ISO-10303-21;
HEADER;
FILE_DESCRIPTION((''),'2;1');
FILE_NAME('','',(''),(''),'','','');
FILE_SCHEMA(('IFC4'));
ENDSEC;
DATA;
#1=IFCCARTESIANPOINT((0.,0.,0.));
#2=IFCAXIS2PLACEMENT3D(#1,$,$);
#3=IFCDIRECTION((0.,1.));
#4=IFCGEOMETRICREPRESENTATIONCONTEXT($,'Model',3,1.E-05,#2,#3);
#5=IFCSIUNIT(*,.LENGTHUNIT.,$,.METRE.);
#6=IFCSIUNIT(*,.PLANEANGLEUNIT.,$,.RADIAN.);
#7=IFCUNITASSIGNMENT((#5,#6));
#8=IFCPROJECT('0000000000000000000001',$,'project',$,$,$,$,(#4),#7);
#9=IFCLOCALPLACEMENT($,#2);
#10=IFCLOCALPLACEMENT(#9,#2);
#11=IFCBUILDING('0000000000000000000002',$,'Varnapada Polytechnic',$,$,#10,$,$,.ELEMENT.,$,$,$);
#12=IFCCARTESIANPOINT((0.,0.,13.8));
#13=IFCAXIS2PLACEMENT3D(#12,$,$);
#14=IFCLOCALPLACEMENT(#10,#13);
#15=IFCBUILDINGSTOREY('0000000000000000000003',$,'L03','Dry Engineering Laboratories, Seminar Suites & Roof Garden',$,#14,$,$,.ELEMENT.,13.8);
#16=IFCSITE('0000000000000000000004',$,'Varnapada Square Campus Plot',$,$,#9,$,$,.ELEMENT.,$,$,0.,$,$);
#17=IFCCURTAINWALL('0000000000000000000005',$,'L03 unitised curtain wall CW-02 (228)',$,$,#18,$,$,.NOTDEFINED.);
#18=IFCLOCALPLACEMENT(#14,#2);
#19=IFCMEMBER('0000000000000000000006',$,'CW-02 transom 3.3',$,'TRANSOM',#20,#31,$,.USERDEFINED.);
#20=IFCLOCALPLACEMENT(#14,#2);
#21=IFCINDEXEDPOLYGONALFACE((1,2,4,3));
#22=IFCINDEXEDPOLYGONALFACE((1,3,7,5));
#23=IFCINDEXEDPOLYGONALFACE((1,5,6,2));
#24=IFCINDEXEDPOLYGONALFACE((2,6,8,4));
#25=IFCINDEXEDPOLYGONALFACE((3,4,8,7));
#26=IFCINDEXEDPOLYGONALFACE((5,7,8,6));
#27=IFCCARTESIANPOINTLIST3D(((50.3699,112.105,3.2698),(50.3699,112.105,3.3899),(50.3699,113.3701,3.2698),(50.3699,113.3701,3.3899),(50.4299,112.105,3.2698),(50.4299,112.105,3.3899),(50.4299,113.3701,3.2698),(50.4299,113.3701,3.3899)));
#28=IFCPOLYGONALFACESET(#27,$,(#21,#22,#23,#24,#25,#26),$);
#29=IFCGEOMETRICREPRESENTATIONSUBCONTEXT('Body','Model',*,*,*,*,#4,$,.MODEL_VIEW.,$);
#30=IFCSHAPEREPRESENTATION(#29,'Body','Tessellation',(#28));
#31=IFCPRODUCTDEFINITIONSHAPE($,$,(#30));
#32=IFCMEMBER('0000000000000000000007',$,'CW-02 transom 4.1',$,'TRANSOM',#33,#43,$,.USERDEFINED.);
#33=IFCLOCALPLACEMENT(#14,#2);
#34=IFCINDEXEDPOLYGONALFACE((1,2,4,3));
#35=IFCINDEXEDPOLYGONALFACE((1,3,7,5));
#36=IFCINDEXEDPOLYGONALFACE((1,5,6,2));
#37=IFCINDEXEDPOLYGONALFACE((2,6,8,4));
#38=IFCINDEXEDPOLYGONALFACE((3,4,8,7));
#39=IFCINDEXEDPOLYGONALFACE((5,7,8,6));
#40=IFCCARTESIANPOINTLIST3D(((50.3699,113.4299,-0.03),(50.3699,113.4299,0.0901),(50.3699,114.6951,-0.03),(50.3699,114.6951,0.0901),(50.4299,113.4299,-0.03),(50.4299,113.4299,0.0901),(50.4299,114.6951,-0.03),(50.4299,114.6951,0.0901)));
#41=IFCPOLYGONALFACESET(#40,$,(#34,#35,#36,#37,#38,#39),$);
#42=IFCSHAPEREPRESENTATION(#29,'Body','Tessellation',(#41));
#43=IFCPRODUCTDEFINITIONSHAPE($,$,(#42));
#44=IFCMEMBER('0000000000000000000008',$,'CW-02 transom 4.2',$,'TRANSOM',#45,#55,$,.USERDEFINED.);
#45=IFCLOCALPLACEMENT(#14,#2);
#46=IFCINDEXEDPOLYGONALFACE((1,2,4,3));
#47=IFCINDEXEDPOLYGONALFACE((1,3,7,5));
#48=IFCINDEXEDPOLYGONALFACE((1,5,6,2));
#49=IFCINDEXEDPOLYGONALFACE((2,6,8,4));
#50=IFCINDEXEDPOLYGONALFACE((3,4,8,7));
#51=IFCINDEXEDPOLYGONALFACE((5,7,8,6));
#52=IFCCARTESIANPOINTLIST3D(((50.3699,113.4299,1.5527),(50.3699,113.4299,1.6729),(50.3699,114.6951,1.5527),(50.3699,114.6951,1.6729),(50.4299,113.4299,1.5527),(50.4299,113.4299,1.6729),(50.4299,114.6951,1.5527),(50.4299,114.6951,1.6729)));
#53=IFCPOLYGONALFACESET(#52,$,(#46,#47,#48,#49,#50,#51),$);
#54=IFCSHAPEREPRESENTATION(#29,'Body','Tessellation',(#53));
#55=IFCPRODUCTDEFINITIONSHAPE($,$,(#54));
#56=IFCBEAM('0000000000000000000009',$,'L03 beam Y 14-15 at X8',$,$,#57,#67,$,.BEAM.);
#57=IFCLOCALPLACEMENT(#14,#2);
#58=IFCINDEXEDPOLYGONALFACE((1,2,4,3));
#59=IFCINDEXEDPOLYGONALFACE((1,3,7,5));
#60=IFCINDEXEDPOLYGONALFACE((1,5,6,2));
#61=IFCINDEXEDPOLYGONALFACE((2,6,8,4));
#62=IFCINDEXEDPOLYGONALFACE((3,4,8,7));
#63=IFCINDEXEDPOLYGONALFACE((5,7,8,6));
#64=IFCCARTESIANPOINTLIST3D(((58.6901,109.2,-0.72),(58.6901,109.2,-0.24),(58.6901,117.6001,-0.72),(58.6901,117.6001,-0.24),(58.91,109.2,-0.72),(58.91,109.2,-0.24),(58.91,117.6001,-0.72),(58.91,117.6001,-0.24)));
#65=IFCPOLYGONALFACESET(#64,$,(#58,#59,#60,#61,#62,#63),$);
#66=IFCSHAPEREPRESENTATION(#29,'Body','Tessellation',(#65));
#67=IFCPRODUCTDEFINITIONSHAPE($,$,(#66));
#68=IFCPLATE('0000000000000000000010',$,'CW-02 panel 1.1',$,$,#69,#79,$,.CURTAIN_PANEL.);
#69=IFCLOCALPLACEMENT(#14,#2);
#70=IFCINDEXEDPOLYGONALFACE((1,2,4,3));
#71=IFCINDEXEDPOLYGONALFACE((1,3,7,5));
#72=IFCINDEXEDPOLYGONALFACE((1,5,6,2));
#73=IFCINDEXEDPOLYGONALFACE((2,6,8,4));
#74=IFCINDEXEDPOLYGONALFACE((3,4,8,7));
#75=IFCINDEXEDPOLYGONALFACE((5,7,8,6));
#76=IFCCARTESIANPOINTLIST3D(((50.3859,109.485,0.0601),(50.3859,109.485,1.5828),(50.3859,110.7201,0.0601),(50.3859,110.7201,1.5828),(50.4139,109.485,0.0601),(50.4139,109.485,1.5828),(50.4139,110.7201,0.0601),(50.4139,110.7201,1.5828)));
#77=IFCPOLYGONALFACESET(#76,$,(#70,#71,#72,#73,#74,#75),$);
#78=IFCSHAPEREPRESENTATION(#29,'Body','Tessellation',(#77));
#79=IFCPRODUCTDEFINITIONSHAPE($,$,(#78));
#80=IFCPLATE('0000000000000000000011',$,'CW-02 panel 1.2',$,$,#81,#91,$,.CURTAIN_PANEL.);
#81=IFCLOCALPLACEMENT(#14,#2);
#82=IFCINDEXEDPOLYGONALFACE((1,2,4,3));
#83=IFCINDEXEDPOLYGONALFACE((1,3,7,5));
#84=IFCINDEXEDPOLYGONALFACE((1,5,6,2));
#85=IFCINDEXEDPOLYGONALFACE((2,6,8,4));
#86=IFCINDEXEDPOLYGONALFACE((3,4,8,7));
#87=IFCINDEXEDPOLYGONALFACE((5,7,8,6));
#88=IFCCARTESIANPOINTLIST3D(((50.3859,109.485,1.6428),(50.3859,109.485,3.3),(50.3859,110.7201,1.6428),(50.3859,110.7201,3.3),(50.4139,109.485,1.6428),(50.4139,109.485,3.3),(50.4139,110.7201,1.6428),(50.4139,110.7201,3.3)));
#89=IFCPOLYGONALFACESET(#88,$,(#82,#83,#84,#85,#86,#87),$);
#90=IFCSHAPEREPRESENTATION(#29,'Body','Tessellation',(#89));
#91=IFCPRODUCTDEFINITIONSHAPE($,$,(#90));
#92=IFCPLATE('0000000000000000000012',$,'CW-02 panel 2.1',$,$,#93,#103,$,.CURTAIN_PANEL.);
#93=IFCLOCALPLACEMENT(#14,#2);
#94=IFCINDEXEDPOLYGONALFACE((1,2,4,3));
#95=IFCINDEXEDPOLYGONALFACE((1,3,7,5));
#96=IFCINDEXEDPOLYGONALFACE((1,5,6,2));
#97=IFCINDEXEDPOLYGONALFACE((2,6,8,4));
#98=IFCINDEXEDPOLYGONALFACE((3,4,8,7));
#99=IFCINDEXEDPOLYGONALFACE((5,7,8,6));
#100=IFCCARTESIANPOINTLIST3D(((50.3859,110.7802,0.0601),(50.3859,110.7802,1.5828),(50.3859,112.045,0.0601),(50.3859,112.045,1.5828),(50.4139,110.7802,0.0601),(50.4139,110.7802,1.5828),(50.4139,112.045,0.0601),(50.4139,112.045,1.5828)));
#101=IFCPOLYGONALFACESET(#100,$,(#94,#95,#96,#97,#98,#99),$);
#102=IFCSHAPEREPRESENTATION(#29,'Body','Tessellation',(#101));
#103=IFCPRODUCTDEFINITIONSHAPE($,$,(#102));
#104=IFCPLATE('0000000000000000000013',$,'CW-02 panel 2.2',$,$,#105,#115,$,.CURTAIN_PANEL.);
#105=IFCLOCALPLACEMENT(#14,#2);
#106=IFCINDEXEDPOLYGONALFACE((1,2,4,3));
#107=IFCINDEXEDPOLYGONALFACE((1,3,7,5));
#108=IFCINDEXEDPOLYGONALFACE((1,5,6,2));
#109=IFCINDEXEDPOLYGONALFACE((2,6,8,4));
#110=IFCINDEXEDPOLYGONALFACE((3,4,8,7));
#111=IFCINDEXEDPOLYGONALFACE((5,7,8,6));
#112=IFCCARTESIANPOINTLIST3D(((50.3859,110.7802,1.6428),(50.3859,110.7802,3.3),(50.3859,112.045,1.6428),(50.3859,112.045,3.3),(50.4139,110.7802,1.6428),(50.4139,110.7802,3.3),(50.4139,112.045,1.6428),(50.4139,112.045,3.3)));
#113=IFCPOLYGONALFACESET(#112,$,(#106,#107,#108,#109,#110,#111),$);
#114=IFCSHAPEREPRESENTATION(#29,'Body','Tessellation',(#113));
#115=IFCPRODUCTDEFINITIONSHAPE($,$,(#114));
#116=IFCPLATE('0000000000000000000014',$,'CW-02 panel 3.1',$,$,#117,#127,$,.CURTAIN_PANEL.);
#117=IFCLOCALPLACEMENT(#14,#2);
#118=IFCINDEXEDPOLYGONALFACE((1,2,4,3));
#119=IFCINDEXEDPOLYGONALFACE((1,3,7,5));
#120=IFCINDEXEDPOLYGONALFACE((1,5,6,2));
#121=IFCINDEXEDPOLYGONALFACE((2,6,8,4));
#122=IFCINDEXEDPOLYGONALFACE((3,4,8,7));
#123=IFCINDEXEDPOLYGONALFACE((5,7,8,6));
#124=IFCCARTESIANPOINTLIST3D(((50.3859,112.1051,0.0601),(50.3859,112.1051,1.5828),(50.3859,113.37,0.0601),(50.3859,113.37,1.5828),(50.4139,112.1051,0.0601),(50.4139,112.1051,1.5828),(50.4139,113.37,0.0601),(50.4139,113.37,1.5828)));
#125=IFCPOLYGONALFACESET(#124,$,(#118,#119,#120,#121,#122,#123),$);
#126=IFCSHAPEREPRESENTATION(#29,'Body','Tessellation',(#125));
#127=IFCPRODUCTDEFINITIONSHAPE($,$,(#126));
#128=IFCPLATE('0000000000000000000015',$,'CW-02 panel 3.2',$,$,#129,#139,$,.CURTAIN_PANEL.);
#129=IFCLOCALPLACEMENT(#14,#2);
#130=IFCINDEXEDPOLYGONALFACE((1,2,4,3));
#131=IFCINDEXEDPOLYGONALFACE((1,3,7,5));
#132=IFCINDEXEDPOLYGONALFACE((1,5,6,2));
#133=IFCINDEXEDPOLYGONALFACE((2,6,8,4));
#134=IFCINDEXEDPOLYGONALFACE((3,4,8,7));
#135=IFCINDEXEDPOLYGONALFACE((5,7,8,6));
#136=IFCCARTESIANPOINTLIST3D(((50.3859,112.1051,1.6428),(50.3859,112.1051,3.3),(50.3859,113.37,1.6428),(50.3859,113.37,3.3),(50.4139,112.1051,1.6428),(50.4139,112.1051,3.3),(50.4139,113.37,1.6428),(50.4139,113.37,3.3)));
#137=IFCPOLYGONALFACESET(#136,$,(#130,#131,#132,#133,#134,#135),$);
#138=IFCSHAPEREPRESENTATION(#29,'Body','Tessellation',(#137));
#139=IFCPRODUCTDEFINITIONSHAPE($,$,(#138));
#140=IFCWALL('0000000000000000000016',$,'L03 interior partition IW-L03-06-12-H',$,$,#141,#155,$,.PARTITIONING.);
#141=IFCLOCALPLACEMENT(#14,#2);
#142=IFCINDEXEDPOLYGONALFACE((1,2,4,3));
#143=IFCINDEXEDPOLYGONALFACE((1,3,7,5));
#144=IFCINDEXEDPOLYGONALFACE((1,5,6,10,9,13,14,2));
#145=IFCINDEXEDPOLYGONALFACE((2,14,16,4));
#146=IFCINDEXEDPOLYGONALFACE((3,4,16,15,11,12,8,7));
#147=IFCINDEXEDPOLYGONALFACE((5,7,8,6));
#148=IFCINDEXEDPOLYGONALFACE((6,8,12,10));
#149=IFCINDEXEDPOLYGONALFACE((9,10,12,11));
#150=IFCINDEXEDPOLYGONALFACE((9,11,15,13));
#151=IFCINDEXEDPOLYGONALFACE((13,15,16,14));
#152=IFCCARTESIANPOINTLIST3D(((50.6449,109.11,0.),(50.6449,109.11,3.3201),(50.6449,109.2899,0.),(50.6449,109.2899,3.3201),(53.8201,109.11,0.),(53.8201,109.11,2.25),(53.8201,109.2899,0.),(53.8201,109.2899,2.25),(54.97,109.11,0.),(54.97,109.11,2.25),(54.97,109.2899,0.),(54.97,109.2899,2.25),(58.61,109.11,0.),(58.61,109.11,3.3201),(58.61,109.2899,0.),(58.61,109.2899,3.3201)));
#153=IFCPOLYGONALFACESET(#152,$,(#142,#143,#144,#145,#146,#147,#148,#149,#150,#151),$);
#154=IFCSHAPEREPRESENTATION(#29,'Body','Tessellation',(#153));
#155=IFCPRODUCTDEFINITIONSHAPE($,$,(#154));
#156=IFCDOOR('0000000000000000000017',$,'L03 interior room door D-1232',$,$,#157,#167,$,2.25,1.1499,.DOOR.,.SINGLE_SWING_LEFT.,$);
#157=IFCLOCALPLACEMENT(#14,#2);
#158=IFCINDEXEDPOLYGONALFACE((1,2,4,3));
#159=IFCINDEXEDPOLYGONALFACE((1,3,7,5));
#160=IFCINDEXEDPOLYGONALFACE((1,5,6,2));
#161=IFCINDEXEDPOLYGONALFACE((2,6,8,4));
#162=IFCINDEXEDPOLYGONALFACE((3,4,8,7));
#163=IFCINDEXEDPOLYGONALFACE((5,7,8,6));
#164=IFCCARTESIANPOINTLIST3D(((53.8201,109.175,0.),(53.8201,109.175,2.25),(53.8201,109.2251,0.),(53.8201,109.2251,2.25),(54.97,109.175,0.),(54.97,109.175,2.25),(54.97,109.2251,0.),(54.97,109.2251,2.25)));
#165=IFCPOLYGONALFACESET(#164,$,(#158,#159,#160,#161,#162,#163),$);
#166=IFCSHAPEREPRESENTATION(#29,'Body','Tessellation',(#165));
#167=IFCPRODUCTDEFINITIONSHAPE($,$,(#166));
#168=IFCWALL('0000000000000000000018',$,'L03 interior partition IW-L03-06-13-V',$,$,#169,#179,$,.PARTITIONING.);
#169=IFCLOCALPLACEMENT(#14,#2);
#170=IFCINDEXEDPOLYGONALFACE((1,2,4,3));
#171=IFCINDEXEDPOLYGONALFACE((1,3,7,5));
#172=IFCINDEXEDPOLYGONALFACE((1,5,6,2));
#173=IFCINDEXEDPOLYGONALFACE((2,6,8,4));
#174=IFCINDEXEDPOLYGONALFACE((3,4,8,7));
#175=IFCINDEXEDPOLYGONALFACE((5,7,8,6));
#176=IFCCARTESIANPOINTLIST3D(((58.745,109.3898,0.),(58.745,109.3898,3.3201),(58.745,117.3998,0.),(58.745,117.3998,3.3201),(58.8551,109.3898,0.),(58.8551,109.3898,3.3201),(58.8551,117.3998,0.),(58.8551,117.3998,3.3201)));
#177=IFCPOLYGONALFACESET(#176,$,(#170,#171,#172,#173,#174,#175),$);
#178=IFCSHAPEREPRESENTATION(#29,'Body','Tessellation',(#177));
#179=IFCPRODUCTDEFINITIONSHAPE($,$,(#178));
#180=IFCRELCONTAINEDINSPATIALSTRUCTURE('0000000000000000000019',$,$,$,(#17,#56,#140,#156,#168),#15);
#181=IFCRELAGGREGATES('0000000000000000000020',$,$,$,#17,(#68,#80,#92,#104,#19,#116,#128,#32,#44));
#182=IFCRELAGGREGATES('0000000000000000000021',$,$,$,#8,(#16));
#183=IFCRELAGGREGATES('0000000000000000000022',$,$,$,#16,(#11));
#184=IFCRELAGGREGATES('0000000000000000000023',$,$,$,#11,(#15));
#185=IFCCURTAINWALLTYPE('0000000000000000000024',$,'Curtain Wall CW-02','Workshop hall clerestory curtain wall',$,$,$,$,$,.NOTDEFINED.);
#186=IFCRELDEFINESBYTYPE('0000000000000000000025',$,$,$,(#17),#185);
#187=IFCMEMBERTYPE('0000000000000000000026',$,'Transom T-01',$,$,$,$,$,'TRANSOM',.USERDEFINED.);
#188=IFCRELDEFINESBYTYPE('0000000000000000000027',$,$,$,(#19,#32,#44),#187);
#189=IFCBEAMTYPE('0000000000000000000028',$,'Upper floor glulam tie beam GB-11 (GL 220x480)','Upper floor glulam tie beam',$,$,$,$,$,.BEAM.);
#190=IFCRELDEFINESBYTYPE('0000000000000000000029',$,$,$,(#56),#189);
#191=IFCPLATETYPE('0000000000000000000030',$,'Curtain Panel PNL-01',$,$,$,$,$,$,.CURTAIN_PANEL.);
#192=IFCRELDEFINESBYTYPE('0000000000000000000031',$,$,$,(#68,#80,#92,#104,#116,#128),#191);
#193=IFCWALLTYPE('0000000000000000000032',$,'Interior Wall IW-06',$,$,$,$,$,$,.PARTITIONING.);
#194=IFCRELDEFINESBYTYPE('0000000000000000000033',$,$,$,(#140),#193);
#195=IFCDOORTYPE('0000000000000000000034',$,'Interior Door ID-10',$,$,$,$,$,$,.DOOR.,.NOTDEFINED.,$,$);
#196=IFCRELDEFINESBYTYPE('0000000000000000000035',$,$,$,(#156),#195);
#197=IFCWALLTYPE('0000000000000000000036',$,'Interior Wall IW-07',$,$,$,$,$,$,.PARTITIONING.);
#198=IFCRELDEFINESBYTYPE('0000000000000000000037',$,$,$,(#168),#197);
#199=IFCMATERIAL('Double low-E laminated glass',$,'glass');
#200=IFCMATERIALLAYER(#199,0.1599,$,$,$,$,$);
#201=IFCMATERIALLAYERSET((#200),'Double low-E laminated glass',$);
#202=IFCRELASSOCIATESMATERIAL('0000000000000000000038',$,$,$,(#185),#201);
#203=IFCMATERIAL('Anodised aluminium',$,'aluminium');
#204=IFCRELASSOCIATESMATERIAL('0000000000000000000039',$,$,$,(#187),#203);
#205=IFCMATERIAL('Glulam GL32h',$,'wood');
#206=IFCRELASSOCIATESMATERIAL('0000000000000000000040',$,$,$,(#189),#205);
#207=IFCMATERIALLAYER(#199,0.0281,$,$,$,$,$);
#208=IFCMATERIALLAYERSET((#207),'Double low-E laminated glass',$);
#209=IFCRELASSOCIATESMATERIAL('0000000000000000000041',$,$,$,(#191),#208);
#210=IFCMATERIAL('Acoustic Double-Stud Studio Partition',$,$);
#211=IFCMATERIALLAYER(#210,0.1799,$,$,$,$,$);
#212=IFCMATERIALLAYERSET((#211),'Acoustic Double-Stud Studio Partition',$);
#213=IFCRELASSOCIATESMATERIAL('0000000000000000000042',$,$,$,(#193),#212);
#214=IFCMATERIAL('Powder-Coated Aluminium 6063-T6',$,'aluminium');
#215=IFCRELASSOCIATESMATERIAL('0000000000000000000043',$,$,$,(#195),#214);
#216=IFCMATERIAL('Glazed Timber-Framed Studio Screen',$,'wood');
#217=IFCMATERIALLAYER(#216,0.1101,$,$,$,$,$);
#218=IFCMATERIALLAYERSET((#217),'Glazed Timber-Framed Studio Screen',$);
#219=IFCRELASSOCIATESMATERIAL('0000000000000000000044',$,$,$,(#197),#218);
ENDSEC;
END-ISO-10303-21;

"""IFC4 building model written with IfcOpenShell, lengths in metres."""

from ifc_helpers import new_model, si_unit, direction, frame, frame_2d, origin, origin_2d, place, context, subcontext, project, spatial, rectangle, extrude, material, layer, layer_set, material_profile, profile_set, type_object, element, fill, aggregate, save


model = new_model("IFC4")

# Units and contexts
model_context = context("Model", 3, precision=1e-05, world=origin(), true_north=direction((0.0, 1.0)))
body_context = subcontext(model_context, "Body", "Model", "MODEL_VIEW")
ifc_project = project(units=[si_unit("LENGTHUNIT", "METRE"), si_unit("PLANEANGLEUNIT", "RADIAN")], contexts=[model_context])

# Site, building, storey
site_placement = place(None, origin())
site = spatial("IfcSite", under=ifc_project, at=site_placement, Name="Varnapada Square Campus Plot", CompositionType="ELEMENT", RefElevation=0.0)
building_placement = place(site_placement, origin())
building = spatial("IfcBuilding", under=site, at=building_placement, Name="Varnapada Polytechnic", CompositionType="ELEMENT")
storey_placement = place(building_placement, frame((0.0, 0.0, 13.8)))
storey = spatial("IfcBuildingStorey", under=building, at=storey_placement, Name="L03", Description="Dry Engineering Laboratories, Seminar Suites & Roof Garden", CompositionType="ELEMENT", Elevation=13.8)

# Shared definitions
ifc_material_1 = material(Name="Glulam GL32h", Category="wood")

# Curtain wall, members
ifc_material_2 = material(Name="Double low-E laminated glass", Category="glass")
ifc_layer_1 = layer(ifc_material_2, 0.1599)
ifc_layer_set_1 = layer_set([ifc_layer_1], Name="Double low-E laminated glass")
curtain_wall_type = type_object("IfcCurtainWallType", Name="Curtain Wall CW-02", Description="Workshop hall clerestory curtain wall", PredefinedType="NOTDEFINED", material=ifc_layer_set_1)
curtain_wall_placement = place(storey_placement, origin())
curtain_wall = element("IfcCurtainWall", 1, at=curtain_wall_placement, inside=storey, type_object=curtain_wall_type, Name="L03 unitised curtain wall CW-02 (228)", PredefinedType="NOTDEFINED")
ifc_material_3 = material(Name="Anodised aluminium", Category="aluminium")
ifc_material_profile_1 = material_profile(ifc_material_3, rectangle(XDim=0.0601, YDim=0.1201, at=origin_2d()), Name="ALU T60x120")
ifc_profile_set_1 = profile_set([ifc_material_profile_1], Name="Anodised aluminium")
member_type_1 = type_object("IfcMemberType", Name="Transom T-01", ElementType="TRANSOM", PredefinedType="USERDEFINED", material=ifc_profile_set_1)
member_1_placement = place(storey_placement, frame((50.3999, 112.105, 3.3298), z_axis=(0.0, 1.0, 0.0), x_axis=(-1.0, 0.0, 0.0)))
member_1 = element("IfcMember", 2, at=member_1_placement, type_object=member_type_1, Name="CW-02 transom 3.3", ObjectType="TRANSOM", PredefinedType="USERDEFINED", context=body_context, shape_type="SweptSolid", body=[
    extrude(rectangle(XDim=0.0601, YDim=0.1201, at=origin_2d()), origin(), (0.0, 0.0, 1.0), 1.2651),
])
member_2_placement = place(storey_placement, frame((50.3999, 113.4299, 0.03), z_axis=(0.0, 1.0, 0.0), x_axis=(-1.0, 0.0, 0.0)))
member_2 = element("IfcMember", 3, at=member_2_placement, type_object=member_type_1, Name="CW-02 transom 4.1", ObjectType="TRANSOM", PredefinedType="USERDEFINED", context=body_context, shape_type="SweptSolid", body=[
    extrude(rectangle(XDim=0.0601, YDim=0.1201, at=origin_2d()), origin(), (0.0, 0.0, 1.0), 1.2651),
])
member_3_placement = place(storey_placement, frame((50.3999, 113.4299, 1.6128), z_axis=(0.0, 1.0, 0.0), x_axis=(-1.0, 0.0, 0.0)))
member_3 = element("IfcMember", 4, at=member_3_placement, type_object=member_type_1, Name="CW-02 transom 4.2", ObjectType="TRANSOM", PredefinedType="USERDEFINED", context=body_context, shape_type="SweptSolid", body=[
    extrude(rectangle(XDim=0.0601, YDim=0.1201, at=origin_2d()), origin(), (0.0, 0.0, 1.0), 1.2651),
])

# Beam
ifc_material_profile_2 = material_profile(ifc_material_1, rectangle(XDim=0.22, YDim=0.48, at=origin_2d()), Name="GL 220x480")
ifc_profile_set_2 = profile_set([ifc_material_profile_2], Name="Glulam GL32h")
beam_type_1 = type_object("IfcBeamType", Name="Upper floor glulam tie beam GB-11 (GL 220x480)", Description="Upper floor glulam tie beam", PredefinedType="BEAM", material=ifc_profile_set_2)
beam_1_placement = place(storey_placement, frame((58.8, 109.2, -0.48), z_axis=(0.0, 1.0, 0.0), x_axis=(-1.0, 0.0, 0.0)))
element("IfcBeam", 5, at=beam_1_placement, inside=storey, type_object=beam_type_1, Name="L03 beam Y 14-15 at X8", PredefinedType="BEAM", context=body_context, shape_type="SweptSolid", body=[
    extrude(rectangle(XDim=0.22, YDim=0.48, at=origin_2d()), origin(), (0.0, 0.0, 1.0), 8.4001),
])

# Plates
ifc_layer_2 = layer(ifc_material_2, 0.0281)
ifc_layer_set_2 = layer_set([ifc_layer_2], Name="Double low-E laminated glass")
plate_type = type_object("IfcPlateType", Name="Curtain Panel PNL-01", PredefinedType="CURTAIN_PANEL", material=ifc_layer_set_2)
plate_1_placement = place(storey_placement, frame((50.3999, 110.1025, 0.0601), z_axis=(0.0, 0.0, 1.0), x_axis=(0.0, 1.0, 0.0)))
plate_1 = element("IfcPlate", 6, at=plate_1_placement, type_object=plate_type, Name="CW-02 panel 1.1", PredefinedType="CURTAIN_PANEL", context=body_context, shape_type="SweptSolid", body=[
    extrude(rectangle(XDim=1.2351, YDim=0.0281, at=origin_2d()), origin(), (0.0, 0.0, 1.0), 1.5227),
])
plate_2_placement = place(storey_placement, frame((50.3999, 110.1025, 1.6428), z_axis=(0.0, 0.0, 1.0), x_axis=(0.0, 1.0, 0.0)))
plate_2 = element("IfcPlate", 7, at=plate_2_placement, type_object=plate_type, Name="CW-02 panel 1.2", PredefinedType="CURTAIN_PANEL", context=body_context, shape_type="SweptSolid", body=[
    extrude(rectangle(XDim=1.2351, YDim=0.0281, at=origin_2d()), origin(), (0.0, 0.0, 1.0), 1.6572),
])
plate_3_placement = place(storey_placement, frame((50.3999, 111.4126, 0.0601), z_axis=(0.0, 0.0, 1.0), x_axis=(0.0, 1.0, 0.0)))
plate_3 = element("IfcPlate", 8, at=plate_3_placement, type_object=plate_type, Name="CW-02 panel 2.1", PredefinedType="CURTAIN_PANEL", context=body_context, shape_type="SweptSolid", body=[
    extrude(rectangle(XDim=1.2649, YDim=0.0281, at=origin_2d()), origin(), (0.0, 0.0, 1.0), 1.5227),
])
plate_4_placement = place(storey_placement, frame((50.3999, 111.4126, 1.6428), z_axis=(0.0, 0.0, 1.0), x_axis=(0.0, 1.0, 0.0)))
plate_4 = element("IfcPlate", 9, at=plate_4_placement, type_object=plate_type, Name="CW-02 panel 2.2", PredefinedType="CURTAIN_PANEL", context=body_context, shape_type="SweptSolid", body=[
    extrude(rectangle(XDim=1.2649, YDim=0.0281, at=origin_2d()), origin(), (0.0, 0.0, 1.0), 1.6572),
])
plate_5_placement = place(storey_placement, frame((50.3999, 112.7375, 0.0601), z_axis=(0.0, 0.0, 1.0), x_axis=(0.0, 1.0, 0.0)))
plate_5 = element("IfcPlate", 10, at=plate_5_placement, type_object=plate_type, Name="CW-02 panel 3.1", PredefinedType="CURTAIN_PANEL", context=body_context, shape_type="SweptSolid", body=[
    extrude(rectangle(XDim=1.2649, YDim=0.0281, at=origin_2d()), origin(), (0.0, 0.0, 1.0), 1.5227),
])
plate_6_placement = place(storey_placement, frame((50.3999, 112.7375, 1.6428), z_axis=(0.0, 0.0, 1.0), x_axis=(0.0, 1.0, 0.0)))
plate_6 = element("IfcPlate", 11, at=plate_6_placement, type_object=plate_type, Name="CW-02 panel 3.2", PredefinedType="CURTAIN_PANEL", context=body_context, shape_type="SweptSolid", body=[
    extrude(rectangle(XDim=1.2649, YDim=0.0281, at=origin_2d()), origin(), (0.0, 0.0, 1.0), 1.6572),
])
aggregate(curtain_wall, [plate_1, plate_2, plate_3, plate_4, member_1, plate_5, plate_6, member_2, member_3])

# Wall, opening, door
ifc_material_4 = material(Name="Acoustic Double-Stud Studio Partition")
ifc_layer_3 = layer(ifc_material_4, 0.1799)
ifc_layer_set_3 = layer_set([ifc_layer_3], Name="Acoustic Double-Stud Studio Partition")
wall_type_1 = type_object("IfcWallType", Name="Interior Wall IW-06", PredefinedType="PARTITIONING", material=ifc_layer_set_3)
wall_1_placement = place(storey_placement, frame((50.645, 109.2, 0.0), z_axis=(0.0, 0.0, 1.0), x_axis=(1.0, 0.0, 0.0)))
wall_1 = element("IfcWall", 12, at=wall_1_placement, inside=storey, type_object=wall_type_1, Name="L03 interior partition IW-L03-06-12-H", PredefinedType="PARTITIONING", context=body_context, shape_type="SweptSolid", body=[
    extrude(rectangle(XDim=7.9651, YDim=0.1799, at=frame_2d((3.9824, 0.0))), origin(), (0.0, 0.0, 1.0), 3.3201),
])
opening_1_placement = place(wall_1_placement, frame((3.175, 0.0, 0.0)))
opening_1 = element("IfcOpeningElement", 13, at=opening_1_placement, cuts=wall_1, PredefinedType="OPENING", context=body_context, shape_type="SweptSolid", body=[
    extrude(rectangle(XDim=1.1499, YDim=2.25, at=frame_2d((0.575, 1.125))), frame((0.0, 0.0999, 0.0), z_axis=(0.0, -1.0, 0.0), x_axis=(1.0, 0.0, 0.0)), (0.0, 0.0, 1.0), 0.2),
])
ifc_material_5 = material(Name="Powder-Coated Aluminium 6063-T6", Category="aluminium")
door_type_1 = type_object("IfcDoorType", Name="Interior Door ID-10", OperationType="NOTDEFINED", PredefinedType="DOOR", material=ifc_material_5)
door_1_placement = place(opening_1_placement, frame((1.1499, 0.0, 0.0), z_axis=(0.0, 0.0, 1.0), x_axis=(-1.0, 0.0, 0.0)))
door_1 = element("IfcDoor", 14, at=door_1_placement, inside=storey, type_object=door_type_1, Name="L03 interior room door D-1232", OperationType="SINGLE_SWING_LEFT", OverallHeight=2.25, OverallWidth=1.1499, PredefinedType="DOOR", context=body_context, shape_type="SweptSolid", body=[
    extrude(rectangle(XDim=1.1499, YDim=2.25, at=frame_2d((0.575, 1.125))), frame((0.0, 0.0249, 0.0), z_axis=(0.0, -1.0, 0.0), x_axis=(1.0, 0.0, 0.0)), (0.0, 0.0, 1.0), 0.05),
])
fill(opening_1, door_1)

# Wall
ifc_material_6 = material(Name="Glazed Timber-Framed Studio Screen", Category="wood")
ifc_layer_4 = layer(ifc_material_6, 0.1101)
ifc_layer_set_4 = layer_set([ifc_layer_4], Name="Glazed Timber-Framed Studio Screen")
wall_type_2 = type_object("IfcWallType", Name="Interior Wall IW-07", PredefinedType="PARTITIONING", material=ifc_layer_set_4)
wall_2_placement = place(storey_placement, frame((58.8, 109.3899, 0.0), z_axis=(0.0, 0.0, 1.0), x_axis=(0.0, 1.0, 0.0)))
element("IfcWall", 15, at=wall_2_placement, inside=storey, type_object=wall_type_2, Name="L03 interior partition IW-L03-06-13-V", PredefinedType="PARTITIONING", context=body_context, shape_type="SweptSolid", body=[
    extrude(rectangle(XDim=8.01, YDim=0.1101, at=frame_2d((4.0049, 0.0))), origin(), (0.0, 0.0, 1.0), 3.3201),
])

save(model, "model.ifc")
